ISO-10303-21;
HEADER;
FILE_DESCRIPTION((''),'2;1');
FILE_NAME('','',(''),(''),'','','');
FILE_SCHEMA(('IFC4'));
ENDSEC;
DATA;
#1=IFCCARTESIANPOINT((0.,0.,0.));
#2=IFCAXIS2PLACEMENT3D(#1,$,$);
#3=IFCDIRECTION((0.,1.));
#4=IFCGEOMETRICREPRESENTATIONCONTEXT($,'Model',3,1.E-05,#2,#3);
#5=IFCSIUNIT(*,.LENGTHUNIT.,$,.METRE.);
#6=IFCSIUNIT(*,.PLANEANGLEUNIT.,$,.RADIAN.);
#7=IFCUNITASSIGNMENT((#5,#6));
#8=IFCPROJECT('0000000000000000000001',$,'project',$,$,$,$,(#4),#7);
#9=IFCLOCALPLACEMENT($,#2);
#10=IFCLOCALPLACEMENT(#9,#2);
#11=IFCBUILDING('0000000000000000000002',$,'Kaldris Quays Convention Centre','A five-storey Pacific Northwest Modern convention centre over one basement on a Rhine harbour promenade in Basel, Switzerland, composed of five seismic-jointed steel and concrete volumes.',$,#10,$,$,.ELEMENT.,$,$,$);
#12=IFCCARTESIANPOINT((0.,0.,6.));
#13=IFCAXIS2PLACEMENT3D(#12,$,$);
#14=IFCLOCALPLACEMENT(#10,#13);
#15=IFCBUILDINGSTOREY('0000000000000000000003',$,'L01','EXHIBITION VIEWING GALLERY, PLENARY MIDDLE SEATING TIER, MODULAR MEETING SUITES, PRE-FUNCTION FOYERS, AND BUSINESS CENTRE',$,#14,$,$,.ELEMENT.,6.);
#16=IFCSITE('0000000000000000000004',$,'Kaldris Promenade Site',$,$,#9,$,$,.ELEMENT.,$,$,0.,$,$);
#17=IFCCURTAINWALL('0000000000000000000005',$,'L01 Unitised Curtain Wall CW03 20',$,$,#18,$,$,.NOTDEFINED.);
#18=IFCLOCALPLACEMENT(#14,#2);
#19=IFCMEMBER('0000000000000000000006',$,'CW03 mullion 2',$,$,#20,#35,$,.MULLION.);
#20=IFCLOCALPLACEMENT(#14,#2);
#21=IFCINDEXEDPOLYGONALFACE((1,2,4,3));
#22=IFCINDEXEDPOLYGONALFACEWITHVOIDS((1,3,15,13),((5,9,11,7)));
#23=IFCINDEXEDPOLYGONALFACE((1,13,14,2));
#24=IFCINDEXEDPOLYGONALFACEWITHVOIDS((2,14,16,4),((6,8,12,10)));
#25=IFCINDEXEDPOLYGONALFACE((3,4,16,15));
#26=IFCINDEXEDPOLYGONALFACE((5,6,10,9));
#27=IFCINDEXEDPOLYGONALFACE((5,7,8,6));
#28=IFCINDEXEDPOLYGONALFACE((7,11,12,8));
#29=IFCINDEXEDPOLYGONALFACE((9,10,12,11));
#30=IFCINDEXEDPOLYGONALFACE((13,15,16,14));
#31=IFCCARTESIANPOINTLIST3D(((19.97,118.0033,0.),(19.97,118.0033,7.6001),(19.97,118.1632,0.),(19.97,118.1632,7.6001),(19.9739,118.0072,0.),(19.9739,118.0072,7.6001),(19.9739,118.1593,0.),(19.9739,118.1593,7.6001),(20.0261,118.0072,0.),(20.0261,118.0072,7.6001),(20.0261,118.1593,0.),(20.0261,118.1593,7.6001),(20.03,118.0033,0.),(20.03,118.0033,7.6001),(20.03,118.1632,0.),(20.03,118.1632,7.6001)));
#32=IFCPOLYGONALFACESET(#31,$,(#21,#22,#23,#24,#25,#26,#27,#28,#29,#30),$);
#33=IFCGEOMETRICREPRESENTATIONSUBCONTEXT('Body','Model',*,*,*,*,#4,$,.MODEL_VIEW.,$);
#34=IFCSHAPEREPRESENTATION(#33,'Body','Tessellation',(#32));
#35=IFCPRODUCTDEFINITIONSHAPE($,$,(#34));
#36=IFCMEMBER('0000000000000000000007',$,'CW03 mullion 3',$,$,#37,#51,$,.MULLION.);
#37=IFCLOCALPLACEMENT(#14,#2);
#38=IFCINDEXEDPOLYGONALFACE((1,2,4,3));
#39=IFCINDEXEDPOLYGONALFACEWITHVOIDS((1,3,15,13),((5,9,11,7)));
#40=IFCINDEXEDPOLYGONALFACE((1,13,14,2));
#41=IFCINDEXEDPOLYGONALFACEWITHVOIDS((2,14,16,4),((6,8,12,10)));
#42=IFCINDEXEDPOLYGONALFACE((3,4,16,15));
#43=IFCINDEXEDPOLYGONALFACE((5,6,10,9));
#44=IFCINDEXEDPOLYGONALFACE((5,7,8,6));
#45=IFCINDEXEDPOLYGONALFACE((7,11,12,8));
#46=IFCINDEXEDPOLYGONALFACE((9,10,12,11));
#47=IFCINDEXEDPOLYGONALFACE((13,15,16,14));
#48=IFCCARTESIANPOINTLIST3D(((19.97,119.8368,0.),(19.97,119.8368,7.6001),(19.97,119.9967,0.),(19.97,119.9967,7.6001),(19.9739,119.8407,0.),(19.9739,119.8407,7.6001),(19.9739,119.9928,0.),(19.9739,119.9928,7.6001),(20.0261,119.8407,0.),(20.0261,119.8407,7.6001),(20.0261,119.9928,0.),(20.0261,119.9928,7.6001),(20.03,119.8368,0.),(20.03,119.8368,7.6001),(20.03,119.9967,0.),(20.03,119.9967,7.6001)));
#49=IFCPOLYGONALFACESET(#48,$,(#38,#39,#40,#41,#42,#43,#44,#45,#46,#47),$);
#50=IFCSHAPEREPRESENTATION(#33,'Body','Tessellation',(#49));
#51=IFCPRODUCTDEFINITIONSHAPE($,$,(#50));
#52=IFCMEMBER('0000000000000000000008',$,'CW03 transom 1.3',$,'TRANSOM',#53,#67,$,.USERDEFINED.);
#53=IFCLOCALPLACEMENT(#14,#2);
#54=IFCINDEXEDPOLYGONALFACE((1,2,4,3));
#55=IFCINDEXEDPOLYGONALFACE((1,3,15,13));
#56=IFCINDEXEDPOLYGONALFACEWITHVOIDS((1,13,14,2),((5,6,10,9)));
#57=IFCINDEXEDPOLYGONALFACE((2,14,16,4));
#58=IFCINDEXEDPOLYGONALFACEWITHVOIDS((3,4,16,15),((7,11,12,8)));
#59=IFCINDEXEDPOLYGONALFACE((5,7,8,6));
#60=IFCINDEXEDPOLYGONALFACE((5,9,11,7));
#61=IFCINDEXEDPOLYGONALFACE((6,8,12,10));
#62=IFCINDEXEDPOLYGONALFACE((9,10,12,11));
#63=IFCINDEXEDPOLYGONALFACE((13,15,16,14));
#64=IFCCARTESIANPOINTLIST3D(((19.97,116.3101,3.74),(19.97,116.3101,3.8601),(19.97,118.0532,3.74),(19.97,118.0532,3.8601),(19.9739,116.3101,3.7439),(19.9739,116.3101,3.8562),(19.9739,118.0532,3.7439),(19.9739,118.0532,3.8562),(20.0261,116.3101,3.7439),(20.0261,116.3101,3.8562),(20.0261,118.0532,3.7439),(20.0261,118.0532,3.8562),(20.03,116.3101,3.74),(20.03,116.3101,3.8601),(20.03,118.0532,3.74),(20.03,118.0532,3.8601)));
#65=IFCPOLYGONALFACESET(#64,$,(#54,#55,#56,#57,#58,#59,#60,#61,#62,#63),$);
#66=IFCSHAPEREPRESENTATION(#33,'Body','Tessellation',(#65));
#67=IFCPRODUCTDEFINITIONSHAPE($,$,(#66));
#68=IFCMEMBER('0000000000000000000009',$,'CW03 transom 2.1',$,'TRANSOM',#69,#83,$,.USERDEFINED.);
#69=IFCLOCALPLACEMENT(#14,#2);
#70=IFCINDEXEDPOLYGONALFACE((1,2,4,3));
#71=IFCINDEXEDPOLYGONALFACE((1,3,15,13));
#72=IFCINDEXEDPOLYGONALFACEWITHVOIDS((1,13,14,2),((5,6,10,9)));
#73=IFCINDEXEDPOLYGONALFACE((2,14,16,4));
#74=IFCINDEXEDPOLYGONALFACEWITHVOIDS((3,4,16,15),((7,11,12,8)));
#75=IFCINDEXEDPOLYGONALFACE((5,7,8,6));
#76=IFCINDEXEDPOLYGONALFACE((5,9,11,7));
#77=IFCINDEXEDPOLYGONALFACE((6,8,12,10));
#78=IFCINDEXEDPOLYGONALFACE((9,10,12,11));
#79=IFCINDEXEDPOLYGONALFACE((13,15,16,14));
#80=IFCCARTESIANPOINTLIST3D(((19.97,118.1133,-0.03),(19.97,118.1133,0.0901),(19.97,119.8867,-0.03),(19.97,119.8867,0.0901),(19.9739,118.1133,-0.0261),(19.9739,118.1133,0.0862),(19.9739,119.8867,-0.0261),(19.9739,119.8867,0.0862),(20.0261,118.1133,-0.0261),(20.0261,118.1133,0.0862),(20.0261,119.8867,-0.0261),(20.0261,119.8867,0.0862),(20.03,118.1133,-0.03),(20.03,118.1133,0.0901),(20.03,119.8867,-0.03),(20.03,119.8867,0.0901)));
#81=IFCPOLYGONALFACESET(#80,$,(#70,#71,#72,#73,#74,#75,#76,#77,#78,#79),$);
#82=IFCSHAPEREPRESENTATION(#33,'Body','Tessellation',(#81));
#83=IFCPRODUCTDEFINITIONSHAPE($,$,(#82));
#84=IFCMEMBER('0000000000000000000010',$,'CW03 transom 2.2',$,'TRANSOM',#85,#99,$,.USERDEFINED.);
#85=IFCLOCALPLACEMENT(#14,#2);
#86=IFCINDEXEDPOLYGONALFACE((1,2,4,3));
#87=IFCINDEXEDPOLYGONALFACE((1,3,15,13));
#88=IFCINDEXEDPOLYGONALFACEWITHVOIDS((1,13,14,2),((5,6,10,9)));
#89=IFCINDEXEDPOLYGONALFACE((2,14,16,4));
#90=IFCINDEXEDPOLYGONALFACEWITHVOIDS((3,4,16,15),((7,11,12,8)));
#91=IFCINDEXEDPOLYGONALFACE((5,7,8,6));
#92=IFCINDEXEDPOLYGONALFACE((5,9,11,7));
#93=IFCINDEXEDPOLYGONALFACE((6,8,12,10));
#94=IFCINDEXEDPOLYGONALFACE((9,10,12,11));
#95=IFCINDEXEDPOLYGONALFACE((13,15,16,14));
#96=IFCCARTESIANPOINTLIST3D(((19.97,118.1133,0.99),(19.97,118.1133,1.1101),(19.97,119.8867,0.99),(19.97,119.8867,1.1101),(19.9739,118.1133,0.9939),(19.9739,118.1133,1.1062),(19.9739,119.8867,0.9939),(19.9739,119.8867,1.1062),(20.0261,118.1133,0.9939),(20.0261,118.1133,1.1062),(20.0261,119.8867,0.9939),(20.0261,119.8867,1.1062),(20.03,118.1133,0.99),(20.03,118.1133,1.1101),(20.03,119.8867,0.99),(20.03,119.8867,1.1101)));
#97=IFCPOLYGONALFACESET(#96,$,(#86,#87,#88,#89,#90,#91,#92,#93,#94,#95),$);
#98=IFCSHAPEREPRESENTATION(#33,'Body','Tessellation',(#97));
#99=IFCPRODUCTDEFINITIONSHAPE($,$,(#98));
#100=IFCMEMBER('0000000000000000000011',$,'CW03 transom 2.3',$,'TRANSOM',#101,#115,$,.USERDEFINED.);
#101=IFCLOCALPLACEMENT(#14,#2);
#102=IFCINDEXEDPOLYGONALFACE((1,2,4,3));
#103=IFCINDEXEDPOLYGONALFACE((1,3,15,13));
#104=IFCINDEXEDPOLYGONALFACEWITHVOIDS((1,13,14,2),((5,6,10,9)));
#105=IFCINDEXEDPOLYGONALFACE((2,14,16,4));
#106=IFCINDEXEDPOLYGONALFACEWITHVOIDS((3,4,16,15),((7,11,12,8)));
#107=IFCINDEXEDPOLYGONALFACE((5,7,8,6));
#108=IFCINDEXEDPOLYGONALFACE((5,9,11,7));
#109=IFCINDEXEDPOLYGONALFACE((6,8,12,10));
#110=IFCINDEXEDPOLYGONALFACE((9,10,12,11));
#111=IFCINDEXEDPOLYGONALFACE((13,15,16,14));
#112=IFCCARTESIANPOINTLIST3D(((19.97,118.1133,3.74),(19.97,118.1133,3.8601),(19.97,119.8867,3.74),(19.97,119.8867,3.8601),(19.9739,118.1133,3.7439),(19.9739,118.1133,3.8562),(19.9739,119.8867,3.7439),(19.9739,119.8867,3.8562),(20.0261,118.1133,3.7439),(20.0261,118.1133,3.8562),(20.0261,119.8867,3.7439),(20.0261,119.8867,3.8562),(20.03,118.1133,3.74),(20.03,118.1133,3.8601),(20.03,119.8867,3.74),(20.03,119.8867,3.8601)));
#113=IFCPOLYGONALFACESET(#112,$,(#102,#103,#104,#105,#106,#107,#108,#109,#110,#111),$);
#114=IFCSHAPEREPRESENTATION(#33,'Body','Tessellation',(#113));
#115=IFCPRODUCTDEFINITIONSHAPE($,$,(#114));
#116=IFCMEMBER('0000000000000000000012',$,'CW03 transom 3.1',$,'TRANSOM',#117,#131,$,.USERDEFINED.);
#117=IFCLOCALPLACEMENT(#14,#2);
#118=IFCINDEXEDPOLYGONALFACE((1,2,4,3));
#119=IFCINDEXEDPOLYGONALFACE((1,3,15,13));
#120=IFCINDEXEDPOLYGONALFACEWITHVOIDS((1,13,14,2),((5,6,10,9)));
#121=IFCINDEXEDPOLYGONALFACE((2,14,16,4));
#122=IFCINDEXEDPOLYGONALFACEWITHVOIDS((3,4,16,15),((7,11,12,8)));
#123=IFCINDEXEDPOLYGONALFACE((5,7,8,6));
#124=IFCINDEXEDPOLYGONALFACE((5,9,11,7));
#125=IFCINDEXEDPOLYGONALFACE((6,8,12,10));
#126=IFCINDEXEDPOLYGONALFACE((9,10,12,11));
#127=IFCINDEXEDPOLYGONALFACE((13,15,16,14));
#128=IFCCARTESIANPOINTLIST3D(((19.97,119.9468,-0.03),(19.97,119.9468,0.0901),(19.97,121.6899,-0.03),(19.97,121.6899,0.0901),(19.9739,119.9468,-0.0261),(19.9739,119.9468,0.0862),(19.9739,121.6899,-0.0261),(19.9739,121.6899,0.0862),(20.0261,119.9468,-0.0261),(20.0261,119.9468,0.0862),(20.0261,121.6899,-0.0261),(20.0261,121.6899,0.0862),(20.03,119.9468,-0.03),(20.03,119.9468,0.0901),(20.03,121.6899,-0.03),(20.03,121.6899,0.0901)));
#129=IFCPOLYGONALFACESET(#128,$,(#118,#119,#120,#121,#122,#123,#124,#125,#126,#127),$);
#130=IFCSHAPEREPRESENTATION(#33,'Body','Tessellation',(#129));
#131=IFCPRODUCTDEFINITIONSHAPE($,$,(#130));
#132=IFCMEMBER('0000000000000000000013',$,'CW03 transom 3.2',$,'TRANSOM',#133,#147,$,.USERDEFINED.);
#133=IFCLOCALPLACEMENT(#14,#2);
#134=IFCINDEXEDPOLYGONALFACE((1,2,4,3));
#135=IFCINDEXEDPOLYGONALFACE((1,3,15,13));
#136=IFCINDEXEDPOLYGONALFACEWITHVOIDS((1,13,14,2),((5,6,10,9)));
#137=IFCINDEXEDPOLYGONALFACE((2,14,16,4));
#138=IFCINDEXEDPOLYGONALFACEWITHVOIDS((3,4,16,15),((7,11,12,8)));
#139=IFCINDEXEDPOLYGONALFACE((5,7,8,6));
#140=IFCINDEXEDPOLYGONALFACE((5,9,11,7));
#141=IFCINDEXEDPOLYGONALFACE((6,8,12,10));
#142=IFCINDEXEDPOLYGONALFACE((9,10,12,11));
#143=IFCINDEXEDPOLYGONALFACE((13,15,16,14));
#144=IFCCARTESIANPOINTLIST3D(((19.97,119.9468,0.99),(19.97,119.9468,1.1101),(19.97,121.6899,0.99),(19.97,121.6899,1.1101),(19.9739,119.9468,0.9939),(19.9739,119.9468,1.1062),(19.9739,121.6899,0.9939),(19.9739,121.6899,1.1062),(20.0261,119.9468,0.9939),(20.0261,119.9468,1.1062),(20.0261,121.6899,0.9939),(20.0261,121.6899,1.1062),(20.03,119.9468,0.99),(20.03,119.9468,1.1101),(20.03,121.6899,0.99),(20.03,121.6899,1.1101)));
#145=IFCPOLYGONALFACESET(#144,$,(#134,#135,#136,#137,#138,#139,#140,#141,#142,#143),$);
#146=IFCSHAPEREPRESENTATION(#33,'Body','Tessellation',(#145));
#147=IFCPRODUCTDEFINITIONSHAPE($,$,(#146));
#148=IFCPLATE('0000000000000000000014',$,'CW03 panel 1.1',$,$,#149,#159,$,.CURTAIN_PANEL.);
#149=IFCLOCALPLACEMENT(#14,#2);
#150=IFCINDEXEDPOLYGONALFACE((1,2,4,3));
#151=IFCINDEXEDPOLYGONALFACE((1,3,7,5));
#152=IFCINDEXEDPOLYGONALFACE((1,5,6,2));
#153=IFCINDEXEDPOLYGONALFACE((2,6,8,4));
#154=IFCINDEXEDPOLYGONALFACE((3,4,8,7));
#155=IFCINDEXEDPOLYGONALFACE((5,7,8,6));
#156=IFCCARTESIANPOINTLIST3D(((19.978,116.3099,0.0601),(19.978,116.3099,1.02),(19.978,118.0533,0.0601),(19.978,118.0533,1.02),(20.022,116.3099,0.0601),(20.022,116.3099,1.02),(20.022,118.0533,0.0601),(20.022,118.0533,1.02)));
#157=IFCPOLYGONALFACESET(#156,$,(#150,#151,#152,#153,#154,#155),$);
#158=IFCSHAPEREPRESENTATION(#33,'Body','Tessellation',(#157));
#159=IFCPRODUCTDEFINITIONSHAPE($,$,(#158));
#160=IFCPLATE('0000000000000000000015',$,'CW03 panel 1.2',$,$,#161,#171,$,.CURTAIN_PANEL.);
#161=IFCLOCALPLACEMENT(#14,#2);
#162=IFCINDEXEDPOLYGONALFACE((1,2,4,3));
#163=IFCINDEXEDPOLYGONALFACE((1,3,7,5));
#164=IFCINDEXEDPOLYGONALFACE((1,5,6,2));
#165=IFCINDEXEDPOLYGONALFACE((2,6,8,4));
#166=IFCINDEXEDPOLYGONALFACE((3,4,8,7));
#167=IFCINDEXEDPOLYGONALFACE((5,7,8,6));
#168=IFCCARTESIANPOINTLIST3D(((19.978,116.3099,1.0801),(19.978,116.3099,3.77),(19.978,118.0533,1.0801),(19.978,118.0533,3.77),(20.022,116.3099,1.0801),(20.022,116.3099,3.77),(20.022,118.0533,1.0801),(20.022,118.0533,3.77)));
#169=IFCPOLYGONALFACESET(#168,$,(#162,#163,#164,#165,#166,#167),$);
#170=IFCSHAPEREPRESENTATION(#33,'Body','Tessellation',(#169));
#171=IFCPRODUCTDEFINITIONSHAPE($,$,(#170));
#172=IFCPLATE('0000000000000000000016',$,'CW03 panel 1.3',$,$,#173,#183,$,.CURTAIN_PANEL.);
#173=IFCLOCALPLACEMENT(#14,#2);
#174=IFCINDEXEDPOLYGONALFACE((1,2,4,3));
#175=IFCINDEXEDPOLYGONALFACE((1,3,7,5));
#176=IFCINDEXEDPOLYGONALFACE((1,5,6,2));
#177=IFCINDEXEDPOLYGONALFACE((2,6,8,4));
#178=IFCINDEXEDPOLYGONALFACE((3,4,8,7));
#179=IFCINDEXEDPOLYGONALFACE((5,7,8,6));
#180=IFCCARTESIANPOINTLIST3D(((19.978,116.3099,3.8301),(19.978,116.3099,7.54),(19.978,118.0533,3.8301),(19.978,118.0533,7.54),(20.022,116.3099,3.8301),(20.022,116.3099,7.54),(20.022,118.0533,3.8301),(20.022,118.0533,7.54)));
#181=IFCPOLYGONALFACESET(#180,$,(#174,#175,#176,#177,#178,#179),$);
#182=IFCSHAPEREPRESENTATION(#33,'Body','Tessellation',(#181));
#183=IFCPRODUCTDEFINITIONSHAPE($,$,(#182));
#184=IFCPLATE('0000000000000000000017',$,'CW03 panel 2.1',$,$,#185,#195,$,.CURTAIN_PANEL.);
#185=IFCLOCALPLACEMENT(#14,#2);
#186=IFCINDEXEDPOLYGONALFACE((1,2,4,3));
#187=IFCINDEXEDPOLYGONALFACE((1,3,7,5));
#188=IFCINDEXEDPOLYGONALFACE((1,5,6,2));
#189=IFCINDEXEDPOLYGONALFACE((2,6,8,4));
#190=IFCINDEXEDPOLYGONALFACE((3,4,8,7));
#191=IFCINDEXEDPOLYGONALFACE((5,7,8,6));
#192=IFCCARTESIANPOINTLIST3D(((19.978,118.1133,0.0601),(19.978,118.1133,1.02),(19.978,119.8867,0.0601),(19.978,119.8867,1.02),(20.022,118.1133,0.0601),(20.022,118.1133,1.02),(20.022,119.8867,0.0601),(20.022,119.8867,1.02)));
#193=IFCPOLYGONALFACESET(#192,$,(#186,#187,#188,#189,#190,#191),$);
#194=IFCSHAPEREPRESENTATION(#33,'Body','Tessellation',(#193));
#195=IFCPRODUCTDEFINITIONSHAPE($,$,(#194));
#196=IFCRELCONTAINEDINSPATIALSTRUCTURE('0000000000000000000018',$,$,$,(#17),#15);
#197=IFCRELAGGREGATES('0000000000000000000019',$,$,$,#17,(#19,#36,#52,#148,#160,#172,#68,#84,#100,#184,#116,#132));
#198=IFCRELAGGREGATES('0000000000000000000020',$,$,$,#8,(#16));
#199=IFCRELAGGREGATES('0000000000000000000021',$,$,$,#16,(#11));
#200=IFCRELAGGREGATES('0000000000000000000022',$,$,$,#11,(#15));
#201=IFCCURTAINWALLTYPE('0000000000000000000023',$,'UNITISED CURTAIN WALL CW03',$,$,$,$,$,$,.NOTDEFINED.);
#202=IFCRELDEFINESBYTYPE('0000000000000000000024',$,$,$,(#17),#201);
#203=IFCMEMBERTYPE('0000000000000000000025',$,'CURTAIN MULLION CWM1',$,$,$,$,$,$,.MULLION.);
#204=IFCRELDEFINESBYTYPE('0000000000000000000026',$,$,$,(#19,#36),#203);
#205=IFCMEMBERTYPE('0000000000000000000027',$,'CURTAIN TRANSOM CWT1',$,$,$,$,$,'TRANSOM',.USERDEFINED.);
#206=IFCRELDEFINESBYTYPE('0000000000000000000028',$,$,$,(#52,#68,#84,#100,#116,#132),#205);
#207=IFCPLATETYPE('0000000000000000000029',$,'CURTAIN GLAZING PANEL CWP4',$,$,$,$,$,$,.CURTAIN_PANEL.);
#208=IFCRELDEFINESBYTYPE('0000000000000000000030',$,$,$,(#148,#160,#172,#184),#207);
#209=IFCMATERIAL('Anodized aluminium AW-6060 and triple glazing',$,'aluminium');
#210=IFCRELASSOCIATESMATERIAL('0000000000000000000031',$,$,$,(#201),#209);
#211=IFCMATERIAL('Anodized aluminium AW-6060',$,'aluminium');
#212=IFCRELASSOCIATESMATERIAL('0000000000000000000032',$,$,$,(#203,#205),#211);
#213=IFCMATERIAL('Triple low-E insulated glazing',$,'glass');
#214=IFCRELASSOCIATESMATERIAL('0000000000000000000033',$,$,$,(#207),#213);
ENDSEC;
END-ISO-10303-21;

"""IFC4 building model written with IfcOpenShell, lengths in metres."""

from ifc_helpers import new_model, si_unit, direction, frame, origin, origin_2d, place, context, subcontext, project, spatial, rectangle, hollow_rectangle, extrude, material, material_profile, profile_set, type_object, element, aggregate, save


model = new_model("IFC4")

# Units and contexts
model_context = context("Model", 3, precision=1e-05, world=origin(), true_north=direction((0.0, 1.0)))
body_context = subcontext(model_context, "Body", "Model", "MODEL_VIEW")
ifc_project = project(units=[si_unit("LENGTHUNIT", "METRE"), si_unit("PLANEANGLEUNIT", "RADIAN")], contexts=[model_context])

# Site, building, storey
site_placement = place(None, origin())
site = spatial("IfcSite", under=ifc_project, at=site_placement, Name="Kaldris Promenade Site", CompositionType="ELEMENT", RefElevation=0.0)
building_placement = place(site_placement, origin())
building = spatial("IfcBuilding", under=site, at=building_placement, Name="Kaldris Quays Convention Centre", Description="A five-storey Pacific Northwest Modern convention centre over one basement on a Rhine harbour promenade in Basel, Switzerland, composed of five seismic-jointed steel and concrete volumes.", CompositionType="ELEMENT")
storey_placement = place(building_placement, frame((0.0, 0.0, 6.0)))
storey = spatial("IfcBuildingStorey", under=building, at=storey_placement, Name="L01", Description="EXHIBITION VIEWING GALLERY, PLENARY MIDDLE SEATING TIER, MODULAR MEETING SUITES, PRE-FUNCTION FOYERS, AND BUSINESS CENTRE", CompositionType="ELEMENT", Elevation=6.0)

# Curtain wall, members, plates
ifc_material_1 = material(Name="Anodized aluminium AW-6060 and triple glazing", Category="aluminium")
curtain_wall_type = type_object("IfcCurtainWallType", Name="UNITISED CURTAIN WALL CW03", PredefinedType="NOTDEFINED", material=ifc_material_1)
curtain_wall_placement = place(storey_placement, origin())
curtain_wall = element("IfcCurtainWall", 1, at=curtain_wall_placement, inside=storey, type_object=curtain_wall_type, Name="L01 Unitised Curtain Wall CW03 20", PredefinedType="NOTDEFINED")
ifc_material_2 = material(Name="Anodized aluminium AW-6060", Category="aluminium")
ifc_material_profile_1 = material_profile(ifc_material_2, hollow_rectangle(XDim=0.0601, YDim=0.1599, WallThickness=0.0039, at=origin_2d()), Name="RHS 160x60x4")
ifc_profile_set_1 = profile_set([ifc_material_profile_1], Name="Anodized aluminium AW-6060")
member_type_1 = type_object("IfcMemberType", Name="CURTAIN MULLION CWM1", PredefinedType="MULLION", material=ifc_profile_set_1)
member_1_placement = place(storey_placement, frame((20.0, 118.0833, 0.0), z_axis=(0.0, 0.0, 1.0), x_axis=(-1.0, 0.0, 0.0)))
member_1 = element("IfcMember", 2, at=member_1_placement, type_object=member_type_1, Name="CW03 mullion 2", PredefinedType="MULLION", context=body_context, shape_type="SweptSolid", body=[
    extrude(hollow_rectangle(XDim=0.0601, YDim=0.1599, WallThickness=0.0039, at=origin_2d()), origin(), (0.0, 0.0, 1.0), 7.6001),
])
member_2_placement = place(storey_placement, frame((20.0, 119.9167, 0.0), z_axis=(0.0, 0.0, 1.0), x_axis=(-1.0, 0.0, 0.0)))
member_2 = element("IfcMember", 3, at=member_2_placement, type_object=member_type_1, Name="CW03 mullion 3", PredefinedType="MULLION", context=body_context, shape_type="SweptSolid", body=[
    extrude(hollow_rectangle(XDim=0.0601, YDim=0.1599, WallThickness=0.0039, at=origin_2d()), origin(), (0.0, 0.0, 1.0), 7.6001),
])
ifc_material_profile_2 = material_profile(ifc_material_2, hollow_rectangle(XDim=0.0601, YDim=0.1201, WallThickness=0.0039, at=origin_2d()), Name="RHS 120x60x4")
ifc_profile_set_2 = profile_set([ifc_material_profile_2], Name="Anodized aluminium AW-6060")
member_type_2 = type_object("IfcMemberType", Name="CURTAIN TRANSOM CWT1", ElementType="TRANSOM", PredefinedType="USERDEFINED", material=ifc_profile_set_2)
member_3_placement = place(storey_placement, frame((20.0, 116.3101, 3.8), z_axis=(0.0, 1.0, 0.0), x_axis=(-1.0, 0.0, 0.0)))
member_3 = element("IfcMember", 4, at=member_3_placement, type_object=member_type_2, Name="CW03 transom 1.3", ObjectType="TRANSOM", PredefinedType="USERDEFINED", context=body_context, shape_type="SweptSolid", body=[
    extrude(hollow_rectangle(XDim=0.0601, YDim=0.1201, WallThickness=0.0039, at=origin_2d()), origin(), (0.0, 0.0, 1.0), 1.7432),
])
member_4_placement = place(storey_placement, frame((20.0, 118.1133, 0.03), z_axis=(0.0, 1.0, 0.0), x_axis=(-1.0, 0.0, 0.0)))
member_4 = element("IfcMember", 5, at=member_4_placement, type_object=member_type_2, Name="CW03 transom 2.1", ObjectType="TRANSOM", PredefinedType="USERDEFINED", context=body_context, shape_type="SweptSolid", body=[
    extrude(hollow_rectangle(XDim=0.0601, YDim=0.1201, WallThickness=0.0039, at=origin_2d()), origin(), (0.0, 0.0, 1.0), 1.7734),
])
member_5_placement = place(storey_placement, frame((20.0, 118.1133, 1.05), z_axis=(0.0, 1.0, 0.0), x_axis=(-1.0, 0.0, 0.0)))
member_5 = element("IfcMember", 6, at=member_5_placement, type_object=member_type_2, Name="CW03 transom 2.2", ObjectType="TRANSOM", PredefinedType="USERDEFINED", context=body_context, shape_type="SweptSolid", body=[
    extrude(hollow_rectangle(XDim=0.0601, YDim=0.1201, WallThickness=0.0039, at=origin_2d()), origin(), (0.0, 0.0, 1.0), 1.7734),
])
member_6_placement = place(storey_placement, frame((20.0, 118.1133, 3.8), z_axis=(0.0, 1.0, 0.0), x_axis=(-1.0, 0.0, 0.0)))
member_6 = element("IfcMember", 7, at=member_6_placement, type_object=member_type_2, Name="CW03 transom 2.3", ObjectType="TRANSOM", PredefinedType="USERDEFINED", context=body_context, shape_type="SweptSolid", body=[
    extrude(hollow_rectangle(XDim=0.0601, YDim=0.1201, WallThickness=0.0039, at=origin_2d()), origin(), (0.0, 0.0, 1.0), 1.7734),
])
member_7_placement = place(storey_placement, frame((20.0, 119.9468, 0.03), z_axis=(0.0, 1.0, 0.0), x_axis=(-1.0, 0.0, 0.0)))
member_7 = element("IfcMember", 8, at=member_7_placement, type_object=member_type_2, Name="CW03 transom 3.1", ObjectType="TRANSOM", PredefinedType="USERDEFINED", context=body_context, shape_type="SweptSolid", body=[
    extrude(hollow_rectangle(XDim=0.0601, YDim=0.1201, WallThickness=0.0039, at=origin_2d()), origin(), (0.0, 0.0, 1.0), 1.7432),
])
member_8_placement = place(storey_placement, frame((20.0, 119.9468, 1.05), z_axis=(0.0, 1.0, 0.0), x_axis=(-1.0, 0.0, 0.0)))
member_8 = element("IfcMember", 9, at=member_8_placement, type_object=member_type_2, Name="CW03 transom 3.2", ObjectType="TRANSOM", PredefinedType="USERDEFINED", context=body_context, shape_type="SweptSolid", body=[
    extrude(hollow_rectangle(XDim=0.0601, YDim=0.1201, WallThickness=0.0039, at=origin_2d()), origin(), (0.0, 0.0, 1.0), 1.7432),
])
ifc_material_3 = material(Name="Triple low-E insulated glazing", Category="glass")
plate_type = type_object("IfcPlateType", Name="CURTAIN GLAZING PANEL CWP4", PredefinedType="CURTAIN_PANEL", material=ifc_material_3)
plate_1_placement = place(storey_placement, frame((20.0, 117.1816, 0.0601), z_axis=(0.0, 0.0, 1.0), x_axis=(0.0, 1.0, 0.0)))
plate_1 = element("IfcPlate", 10, at=plate_1_placement, type_object=plate_type, Name="CW03 panel 1.1", PredefinedType="CURTAIN_PANEL", context=body_context, shape_type="SweptSolid", body=[
    extrude(rectangle(XDim=1.7434, YDim=0.0439, at=origin_2d()), origin(), (0.0, 0.0, 1.0), 0.96),
])
plate_2_placement = place(storey_placement, frame((20.0, 117.1816, 1.0801), z_axis=(0.0, 0.0, 1.0), x_axis=(0.0, 1.0, 0.0)))
plate_2 = element("IfcPlate", 11, at=plate_2_placement, type_object=plate_type, Name="CW03 panel 1.2", PredefinedType="CURTAIN_PANEL", context=body_context, shape_type="SweptSolid", body=[
    extrude(rectangle(XDim=1.7434, YDim=0.0439, at=origin_2d()), origin(), (0.0, 0.0, 1.0), 2.6899),
])
plate_3_placement = place(storey_placement, frame((20.0, 117.1816, 3.8301), z_axis=(0.0, 0.0, 1.0), x_axis=(0.0, 1.0, 0.0)))
plate_3 = element("IfcPlate", 12, at=plate_3_placement, type_object=plate_type, Name="CW03 panel 1.3", PredefinedType="CURTAIN_PANEL", context=body_context, shape_type="SweptSolid", body=[
    extrude(rectangle(XDim=1.7434, YDim=0.0439, at=origin_2d()), origin(), (0.0, 0.0, 1.0), 3.71),
])
plate_4_placement = place(storey_placement, frame((20.0, 119.0, 0.0601), z_axis=(0.0, 0.0, 1.0), x_axis=(0.0, 1.0, 0.0)))
plate_4 = element("IfcPlate", 13, at=plate_4_placement, type_object=plate_type, Name="CW03 panel 2.1", PredefinedType="CURTAIN_PANEL", context=body_context, shape_type="SweptSolid", body=[
    extrude(rectangle(XDim=1.7734, YDim=0.0439, at=origin_2d()), origin(), (0.0, 0.0, 1.0), 0.96),
])
aggregate(curtain_wall, [member_1, member_2, member_3, plate_1, plate_2, plate_3, member_4, member_5, member_6, plate_4, member_7, member_8])

save(model, "model.ifc")
